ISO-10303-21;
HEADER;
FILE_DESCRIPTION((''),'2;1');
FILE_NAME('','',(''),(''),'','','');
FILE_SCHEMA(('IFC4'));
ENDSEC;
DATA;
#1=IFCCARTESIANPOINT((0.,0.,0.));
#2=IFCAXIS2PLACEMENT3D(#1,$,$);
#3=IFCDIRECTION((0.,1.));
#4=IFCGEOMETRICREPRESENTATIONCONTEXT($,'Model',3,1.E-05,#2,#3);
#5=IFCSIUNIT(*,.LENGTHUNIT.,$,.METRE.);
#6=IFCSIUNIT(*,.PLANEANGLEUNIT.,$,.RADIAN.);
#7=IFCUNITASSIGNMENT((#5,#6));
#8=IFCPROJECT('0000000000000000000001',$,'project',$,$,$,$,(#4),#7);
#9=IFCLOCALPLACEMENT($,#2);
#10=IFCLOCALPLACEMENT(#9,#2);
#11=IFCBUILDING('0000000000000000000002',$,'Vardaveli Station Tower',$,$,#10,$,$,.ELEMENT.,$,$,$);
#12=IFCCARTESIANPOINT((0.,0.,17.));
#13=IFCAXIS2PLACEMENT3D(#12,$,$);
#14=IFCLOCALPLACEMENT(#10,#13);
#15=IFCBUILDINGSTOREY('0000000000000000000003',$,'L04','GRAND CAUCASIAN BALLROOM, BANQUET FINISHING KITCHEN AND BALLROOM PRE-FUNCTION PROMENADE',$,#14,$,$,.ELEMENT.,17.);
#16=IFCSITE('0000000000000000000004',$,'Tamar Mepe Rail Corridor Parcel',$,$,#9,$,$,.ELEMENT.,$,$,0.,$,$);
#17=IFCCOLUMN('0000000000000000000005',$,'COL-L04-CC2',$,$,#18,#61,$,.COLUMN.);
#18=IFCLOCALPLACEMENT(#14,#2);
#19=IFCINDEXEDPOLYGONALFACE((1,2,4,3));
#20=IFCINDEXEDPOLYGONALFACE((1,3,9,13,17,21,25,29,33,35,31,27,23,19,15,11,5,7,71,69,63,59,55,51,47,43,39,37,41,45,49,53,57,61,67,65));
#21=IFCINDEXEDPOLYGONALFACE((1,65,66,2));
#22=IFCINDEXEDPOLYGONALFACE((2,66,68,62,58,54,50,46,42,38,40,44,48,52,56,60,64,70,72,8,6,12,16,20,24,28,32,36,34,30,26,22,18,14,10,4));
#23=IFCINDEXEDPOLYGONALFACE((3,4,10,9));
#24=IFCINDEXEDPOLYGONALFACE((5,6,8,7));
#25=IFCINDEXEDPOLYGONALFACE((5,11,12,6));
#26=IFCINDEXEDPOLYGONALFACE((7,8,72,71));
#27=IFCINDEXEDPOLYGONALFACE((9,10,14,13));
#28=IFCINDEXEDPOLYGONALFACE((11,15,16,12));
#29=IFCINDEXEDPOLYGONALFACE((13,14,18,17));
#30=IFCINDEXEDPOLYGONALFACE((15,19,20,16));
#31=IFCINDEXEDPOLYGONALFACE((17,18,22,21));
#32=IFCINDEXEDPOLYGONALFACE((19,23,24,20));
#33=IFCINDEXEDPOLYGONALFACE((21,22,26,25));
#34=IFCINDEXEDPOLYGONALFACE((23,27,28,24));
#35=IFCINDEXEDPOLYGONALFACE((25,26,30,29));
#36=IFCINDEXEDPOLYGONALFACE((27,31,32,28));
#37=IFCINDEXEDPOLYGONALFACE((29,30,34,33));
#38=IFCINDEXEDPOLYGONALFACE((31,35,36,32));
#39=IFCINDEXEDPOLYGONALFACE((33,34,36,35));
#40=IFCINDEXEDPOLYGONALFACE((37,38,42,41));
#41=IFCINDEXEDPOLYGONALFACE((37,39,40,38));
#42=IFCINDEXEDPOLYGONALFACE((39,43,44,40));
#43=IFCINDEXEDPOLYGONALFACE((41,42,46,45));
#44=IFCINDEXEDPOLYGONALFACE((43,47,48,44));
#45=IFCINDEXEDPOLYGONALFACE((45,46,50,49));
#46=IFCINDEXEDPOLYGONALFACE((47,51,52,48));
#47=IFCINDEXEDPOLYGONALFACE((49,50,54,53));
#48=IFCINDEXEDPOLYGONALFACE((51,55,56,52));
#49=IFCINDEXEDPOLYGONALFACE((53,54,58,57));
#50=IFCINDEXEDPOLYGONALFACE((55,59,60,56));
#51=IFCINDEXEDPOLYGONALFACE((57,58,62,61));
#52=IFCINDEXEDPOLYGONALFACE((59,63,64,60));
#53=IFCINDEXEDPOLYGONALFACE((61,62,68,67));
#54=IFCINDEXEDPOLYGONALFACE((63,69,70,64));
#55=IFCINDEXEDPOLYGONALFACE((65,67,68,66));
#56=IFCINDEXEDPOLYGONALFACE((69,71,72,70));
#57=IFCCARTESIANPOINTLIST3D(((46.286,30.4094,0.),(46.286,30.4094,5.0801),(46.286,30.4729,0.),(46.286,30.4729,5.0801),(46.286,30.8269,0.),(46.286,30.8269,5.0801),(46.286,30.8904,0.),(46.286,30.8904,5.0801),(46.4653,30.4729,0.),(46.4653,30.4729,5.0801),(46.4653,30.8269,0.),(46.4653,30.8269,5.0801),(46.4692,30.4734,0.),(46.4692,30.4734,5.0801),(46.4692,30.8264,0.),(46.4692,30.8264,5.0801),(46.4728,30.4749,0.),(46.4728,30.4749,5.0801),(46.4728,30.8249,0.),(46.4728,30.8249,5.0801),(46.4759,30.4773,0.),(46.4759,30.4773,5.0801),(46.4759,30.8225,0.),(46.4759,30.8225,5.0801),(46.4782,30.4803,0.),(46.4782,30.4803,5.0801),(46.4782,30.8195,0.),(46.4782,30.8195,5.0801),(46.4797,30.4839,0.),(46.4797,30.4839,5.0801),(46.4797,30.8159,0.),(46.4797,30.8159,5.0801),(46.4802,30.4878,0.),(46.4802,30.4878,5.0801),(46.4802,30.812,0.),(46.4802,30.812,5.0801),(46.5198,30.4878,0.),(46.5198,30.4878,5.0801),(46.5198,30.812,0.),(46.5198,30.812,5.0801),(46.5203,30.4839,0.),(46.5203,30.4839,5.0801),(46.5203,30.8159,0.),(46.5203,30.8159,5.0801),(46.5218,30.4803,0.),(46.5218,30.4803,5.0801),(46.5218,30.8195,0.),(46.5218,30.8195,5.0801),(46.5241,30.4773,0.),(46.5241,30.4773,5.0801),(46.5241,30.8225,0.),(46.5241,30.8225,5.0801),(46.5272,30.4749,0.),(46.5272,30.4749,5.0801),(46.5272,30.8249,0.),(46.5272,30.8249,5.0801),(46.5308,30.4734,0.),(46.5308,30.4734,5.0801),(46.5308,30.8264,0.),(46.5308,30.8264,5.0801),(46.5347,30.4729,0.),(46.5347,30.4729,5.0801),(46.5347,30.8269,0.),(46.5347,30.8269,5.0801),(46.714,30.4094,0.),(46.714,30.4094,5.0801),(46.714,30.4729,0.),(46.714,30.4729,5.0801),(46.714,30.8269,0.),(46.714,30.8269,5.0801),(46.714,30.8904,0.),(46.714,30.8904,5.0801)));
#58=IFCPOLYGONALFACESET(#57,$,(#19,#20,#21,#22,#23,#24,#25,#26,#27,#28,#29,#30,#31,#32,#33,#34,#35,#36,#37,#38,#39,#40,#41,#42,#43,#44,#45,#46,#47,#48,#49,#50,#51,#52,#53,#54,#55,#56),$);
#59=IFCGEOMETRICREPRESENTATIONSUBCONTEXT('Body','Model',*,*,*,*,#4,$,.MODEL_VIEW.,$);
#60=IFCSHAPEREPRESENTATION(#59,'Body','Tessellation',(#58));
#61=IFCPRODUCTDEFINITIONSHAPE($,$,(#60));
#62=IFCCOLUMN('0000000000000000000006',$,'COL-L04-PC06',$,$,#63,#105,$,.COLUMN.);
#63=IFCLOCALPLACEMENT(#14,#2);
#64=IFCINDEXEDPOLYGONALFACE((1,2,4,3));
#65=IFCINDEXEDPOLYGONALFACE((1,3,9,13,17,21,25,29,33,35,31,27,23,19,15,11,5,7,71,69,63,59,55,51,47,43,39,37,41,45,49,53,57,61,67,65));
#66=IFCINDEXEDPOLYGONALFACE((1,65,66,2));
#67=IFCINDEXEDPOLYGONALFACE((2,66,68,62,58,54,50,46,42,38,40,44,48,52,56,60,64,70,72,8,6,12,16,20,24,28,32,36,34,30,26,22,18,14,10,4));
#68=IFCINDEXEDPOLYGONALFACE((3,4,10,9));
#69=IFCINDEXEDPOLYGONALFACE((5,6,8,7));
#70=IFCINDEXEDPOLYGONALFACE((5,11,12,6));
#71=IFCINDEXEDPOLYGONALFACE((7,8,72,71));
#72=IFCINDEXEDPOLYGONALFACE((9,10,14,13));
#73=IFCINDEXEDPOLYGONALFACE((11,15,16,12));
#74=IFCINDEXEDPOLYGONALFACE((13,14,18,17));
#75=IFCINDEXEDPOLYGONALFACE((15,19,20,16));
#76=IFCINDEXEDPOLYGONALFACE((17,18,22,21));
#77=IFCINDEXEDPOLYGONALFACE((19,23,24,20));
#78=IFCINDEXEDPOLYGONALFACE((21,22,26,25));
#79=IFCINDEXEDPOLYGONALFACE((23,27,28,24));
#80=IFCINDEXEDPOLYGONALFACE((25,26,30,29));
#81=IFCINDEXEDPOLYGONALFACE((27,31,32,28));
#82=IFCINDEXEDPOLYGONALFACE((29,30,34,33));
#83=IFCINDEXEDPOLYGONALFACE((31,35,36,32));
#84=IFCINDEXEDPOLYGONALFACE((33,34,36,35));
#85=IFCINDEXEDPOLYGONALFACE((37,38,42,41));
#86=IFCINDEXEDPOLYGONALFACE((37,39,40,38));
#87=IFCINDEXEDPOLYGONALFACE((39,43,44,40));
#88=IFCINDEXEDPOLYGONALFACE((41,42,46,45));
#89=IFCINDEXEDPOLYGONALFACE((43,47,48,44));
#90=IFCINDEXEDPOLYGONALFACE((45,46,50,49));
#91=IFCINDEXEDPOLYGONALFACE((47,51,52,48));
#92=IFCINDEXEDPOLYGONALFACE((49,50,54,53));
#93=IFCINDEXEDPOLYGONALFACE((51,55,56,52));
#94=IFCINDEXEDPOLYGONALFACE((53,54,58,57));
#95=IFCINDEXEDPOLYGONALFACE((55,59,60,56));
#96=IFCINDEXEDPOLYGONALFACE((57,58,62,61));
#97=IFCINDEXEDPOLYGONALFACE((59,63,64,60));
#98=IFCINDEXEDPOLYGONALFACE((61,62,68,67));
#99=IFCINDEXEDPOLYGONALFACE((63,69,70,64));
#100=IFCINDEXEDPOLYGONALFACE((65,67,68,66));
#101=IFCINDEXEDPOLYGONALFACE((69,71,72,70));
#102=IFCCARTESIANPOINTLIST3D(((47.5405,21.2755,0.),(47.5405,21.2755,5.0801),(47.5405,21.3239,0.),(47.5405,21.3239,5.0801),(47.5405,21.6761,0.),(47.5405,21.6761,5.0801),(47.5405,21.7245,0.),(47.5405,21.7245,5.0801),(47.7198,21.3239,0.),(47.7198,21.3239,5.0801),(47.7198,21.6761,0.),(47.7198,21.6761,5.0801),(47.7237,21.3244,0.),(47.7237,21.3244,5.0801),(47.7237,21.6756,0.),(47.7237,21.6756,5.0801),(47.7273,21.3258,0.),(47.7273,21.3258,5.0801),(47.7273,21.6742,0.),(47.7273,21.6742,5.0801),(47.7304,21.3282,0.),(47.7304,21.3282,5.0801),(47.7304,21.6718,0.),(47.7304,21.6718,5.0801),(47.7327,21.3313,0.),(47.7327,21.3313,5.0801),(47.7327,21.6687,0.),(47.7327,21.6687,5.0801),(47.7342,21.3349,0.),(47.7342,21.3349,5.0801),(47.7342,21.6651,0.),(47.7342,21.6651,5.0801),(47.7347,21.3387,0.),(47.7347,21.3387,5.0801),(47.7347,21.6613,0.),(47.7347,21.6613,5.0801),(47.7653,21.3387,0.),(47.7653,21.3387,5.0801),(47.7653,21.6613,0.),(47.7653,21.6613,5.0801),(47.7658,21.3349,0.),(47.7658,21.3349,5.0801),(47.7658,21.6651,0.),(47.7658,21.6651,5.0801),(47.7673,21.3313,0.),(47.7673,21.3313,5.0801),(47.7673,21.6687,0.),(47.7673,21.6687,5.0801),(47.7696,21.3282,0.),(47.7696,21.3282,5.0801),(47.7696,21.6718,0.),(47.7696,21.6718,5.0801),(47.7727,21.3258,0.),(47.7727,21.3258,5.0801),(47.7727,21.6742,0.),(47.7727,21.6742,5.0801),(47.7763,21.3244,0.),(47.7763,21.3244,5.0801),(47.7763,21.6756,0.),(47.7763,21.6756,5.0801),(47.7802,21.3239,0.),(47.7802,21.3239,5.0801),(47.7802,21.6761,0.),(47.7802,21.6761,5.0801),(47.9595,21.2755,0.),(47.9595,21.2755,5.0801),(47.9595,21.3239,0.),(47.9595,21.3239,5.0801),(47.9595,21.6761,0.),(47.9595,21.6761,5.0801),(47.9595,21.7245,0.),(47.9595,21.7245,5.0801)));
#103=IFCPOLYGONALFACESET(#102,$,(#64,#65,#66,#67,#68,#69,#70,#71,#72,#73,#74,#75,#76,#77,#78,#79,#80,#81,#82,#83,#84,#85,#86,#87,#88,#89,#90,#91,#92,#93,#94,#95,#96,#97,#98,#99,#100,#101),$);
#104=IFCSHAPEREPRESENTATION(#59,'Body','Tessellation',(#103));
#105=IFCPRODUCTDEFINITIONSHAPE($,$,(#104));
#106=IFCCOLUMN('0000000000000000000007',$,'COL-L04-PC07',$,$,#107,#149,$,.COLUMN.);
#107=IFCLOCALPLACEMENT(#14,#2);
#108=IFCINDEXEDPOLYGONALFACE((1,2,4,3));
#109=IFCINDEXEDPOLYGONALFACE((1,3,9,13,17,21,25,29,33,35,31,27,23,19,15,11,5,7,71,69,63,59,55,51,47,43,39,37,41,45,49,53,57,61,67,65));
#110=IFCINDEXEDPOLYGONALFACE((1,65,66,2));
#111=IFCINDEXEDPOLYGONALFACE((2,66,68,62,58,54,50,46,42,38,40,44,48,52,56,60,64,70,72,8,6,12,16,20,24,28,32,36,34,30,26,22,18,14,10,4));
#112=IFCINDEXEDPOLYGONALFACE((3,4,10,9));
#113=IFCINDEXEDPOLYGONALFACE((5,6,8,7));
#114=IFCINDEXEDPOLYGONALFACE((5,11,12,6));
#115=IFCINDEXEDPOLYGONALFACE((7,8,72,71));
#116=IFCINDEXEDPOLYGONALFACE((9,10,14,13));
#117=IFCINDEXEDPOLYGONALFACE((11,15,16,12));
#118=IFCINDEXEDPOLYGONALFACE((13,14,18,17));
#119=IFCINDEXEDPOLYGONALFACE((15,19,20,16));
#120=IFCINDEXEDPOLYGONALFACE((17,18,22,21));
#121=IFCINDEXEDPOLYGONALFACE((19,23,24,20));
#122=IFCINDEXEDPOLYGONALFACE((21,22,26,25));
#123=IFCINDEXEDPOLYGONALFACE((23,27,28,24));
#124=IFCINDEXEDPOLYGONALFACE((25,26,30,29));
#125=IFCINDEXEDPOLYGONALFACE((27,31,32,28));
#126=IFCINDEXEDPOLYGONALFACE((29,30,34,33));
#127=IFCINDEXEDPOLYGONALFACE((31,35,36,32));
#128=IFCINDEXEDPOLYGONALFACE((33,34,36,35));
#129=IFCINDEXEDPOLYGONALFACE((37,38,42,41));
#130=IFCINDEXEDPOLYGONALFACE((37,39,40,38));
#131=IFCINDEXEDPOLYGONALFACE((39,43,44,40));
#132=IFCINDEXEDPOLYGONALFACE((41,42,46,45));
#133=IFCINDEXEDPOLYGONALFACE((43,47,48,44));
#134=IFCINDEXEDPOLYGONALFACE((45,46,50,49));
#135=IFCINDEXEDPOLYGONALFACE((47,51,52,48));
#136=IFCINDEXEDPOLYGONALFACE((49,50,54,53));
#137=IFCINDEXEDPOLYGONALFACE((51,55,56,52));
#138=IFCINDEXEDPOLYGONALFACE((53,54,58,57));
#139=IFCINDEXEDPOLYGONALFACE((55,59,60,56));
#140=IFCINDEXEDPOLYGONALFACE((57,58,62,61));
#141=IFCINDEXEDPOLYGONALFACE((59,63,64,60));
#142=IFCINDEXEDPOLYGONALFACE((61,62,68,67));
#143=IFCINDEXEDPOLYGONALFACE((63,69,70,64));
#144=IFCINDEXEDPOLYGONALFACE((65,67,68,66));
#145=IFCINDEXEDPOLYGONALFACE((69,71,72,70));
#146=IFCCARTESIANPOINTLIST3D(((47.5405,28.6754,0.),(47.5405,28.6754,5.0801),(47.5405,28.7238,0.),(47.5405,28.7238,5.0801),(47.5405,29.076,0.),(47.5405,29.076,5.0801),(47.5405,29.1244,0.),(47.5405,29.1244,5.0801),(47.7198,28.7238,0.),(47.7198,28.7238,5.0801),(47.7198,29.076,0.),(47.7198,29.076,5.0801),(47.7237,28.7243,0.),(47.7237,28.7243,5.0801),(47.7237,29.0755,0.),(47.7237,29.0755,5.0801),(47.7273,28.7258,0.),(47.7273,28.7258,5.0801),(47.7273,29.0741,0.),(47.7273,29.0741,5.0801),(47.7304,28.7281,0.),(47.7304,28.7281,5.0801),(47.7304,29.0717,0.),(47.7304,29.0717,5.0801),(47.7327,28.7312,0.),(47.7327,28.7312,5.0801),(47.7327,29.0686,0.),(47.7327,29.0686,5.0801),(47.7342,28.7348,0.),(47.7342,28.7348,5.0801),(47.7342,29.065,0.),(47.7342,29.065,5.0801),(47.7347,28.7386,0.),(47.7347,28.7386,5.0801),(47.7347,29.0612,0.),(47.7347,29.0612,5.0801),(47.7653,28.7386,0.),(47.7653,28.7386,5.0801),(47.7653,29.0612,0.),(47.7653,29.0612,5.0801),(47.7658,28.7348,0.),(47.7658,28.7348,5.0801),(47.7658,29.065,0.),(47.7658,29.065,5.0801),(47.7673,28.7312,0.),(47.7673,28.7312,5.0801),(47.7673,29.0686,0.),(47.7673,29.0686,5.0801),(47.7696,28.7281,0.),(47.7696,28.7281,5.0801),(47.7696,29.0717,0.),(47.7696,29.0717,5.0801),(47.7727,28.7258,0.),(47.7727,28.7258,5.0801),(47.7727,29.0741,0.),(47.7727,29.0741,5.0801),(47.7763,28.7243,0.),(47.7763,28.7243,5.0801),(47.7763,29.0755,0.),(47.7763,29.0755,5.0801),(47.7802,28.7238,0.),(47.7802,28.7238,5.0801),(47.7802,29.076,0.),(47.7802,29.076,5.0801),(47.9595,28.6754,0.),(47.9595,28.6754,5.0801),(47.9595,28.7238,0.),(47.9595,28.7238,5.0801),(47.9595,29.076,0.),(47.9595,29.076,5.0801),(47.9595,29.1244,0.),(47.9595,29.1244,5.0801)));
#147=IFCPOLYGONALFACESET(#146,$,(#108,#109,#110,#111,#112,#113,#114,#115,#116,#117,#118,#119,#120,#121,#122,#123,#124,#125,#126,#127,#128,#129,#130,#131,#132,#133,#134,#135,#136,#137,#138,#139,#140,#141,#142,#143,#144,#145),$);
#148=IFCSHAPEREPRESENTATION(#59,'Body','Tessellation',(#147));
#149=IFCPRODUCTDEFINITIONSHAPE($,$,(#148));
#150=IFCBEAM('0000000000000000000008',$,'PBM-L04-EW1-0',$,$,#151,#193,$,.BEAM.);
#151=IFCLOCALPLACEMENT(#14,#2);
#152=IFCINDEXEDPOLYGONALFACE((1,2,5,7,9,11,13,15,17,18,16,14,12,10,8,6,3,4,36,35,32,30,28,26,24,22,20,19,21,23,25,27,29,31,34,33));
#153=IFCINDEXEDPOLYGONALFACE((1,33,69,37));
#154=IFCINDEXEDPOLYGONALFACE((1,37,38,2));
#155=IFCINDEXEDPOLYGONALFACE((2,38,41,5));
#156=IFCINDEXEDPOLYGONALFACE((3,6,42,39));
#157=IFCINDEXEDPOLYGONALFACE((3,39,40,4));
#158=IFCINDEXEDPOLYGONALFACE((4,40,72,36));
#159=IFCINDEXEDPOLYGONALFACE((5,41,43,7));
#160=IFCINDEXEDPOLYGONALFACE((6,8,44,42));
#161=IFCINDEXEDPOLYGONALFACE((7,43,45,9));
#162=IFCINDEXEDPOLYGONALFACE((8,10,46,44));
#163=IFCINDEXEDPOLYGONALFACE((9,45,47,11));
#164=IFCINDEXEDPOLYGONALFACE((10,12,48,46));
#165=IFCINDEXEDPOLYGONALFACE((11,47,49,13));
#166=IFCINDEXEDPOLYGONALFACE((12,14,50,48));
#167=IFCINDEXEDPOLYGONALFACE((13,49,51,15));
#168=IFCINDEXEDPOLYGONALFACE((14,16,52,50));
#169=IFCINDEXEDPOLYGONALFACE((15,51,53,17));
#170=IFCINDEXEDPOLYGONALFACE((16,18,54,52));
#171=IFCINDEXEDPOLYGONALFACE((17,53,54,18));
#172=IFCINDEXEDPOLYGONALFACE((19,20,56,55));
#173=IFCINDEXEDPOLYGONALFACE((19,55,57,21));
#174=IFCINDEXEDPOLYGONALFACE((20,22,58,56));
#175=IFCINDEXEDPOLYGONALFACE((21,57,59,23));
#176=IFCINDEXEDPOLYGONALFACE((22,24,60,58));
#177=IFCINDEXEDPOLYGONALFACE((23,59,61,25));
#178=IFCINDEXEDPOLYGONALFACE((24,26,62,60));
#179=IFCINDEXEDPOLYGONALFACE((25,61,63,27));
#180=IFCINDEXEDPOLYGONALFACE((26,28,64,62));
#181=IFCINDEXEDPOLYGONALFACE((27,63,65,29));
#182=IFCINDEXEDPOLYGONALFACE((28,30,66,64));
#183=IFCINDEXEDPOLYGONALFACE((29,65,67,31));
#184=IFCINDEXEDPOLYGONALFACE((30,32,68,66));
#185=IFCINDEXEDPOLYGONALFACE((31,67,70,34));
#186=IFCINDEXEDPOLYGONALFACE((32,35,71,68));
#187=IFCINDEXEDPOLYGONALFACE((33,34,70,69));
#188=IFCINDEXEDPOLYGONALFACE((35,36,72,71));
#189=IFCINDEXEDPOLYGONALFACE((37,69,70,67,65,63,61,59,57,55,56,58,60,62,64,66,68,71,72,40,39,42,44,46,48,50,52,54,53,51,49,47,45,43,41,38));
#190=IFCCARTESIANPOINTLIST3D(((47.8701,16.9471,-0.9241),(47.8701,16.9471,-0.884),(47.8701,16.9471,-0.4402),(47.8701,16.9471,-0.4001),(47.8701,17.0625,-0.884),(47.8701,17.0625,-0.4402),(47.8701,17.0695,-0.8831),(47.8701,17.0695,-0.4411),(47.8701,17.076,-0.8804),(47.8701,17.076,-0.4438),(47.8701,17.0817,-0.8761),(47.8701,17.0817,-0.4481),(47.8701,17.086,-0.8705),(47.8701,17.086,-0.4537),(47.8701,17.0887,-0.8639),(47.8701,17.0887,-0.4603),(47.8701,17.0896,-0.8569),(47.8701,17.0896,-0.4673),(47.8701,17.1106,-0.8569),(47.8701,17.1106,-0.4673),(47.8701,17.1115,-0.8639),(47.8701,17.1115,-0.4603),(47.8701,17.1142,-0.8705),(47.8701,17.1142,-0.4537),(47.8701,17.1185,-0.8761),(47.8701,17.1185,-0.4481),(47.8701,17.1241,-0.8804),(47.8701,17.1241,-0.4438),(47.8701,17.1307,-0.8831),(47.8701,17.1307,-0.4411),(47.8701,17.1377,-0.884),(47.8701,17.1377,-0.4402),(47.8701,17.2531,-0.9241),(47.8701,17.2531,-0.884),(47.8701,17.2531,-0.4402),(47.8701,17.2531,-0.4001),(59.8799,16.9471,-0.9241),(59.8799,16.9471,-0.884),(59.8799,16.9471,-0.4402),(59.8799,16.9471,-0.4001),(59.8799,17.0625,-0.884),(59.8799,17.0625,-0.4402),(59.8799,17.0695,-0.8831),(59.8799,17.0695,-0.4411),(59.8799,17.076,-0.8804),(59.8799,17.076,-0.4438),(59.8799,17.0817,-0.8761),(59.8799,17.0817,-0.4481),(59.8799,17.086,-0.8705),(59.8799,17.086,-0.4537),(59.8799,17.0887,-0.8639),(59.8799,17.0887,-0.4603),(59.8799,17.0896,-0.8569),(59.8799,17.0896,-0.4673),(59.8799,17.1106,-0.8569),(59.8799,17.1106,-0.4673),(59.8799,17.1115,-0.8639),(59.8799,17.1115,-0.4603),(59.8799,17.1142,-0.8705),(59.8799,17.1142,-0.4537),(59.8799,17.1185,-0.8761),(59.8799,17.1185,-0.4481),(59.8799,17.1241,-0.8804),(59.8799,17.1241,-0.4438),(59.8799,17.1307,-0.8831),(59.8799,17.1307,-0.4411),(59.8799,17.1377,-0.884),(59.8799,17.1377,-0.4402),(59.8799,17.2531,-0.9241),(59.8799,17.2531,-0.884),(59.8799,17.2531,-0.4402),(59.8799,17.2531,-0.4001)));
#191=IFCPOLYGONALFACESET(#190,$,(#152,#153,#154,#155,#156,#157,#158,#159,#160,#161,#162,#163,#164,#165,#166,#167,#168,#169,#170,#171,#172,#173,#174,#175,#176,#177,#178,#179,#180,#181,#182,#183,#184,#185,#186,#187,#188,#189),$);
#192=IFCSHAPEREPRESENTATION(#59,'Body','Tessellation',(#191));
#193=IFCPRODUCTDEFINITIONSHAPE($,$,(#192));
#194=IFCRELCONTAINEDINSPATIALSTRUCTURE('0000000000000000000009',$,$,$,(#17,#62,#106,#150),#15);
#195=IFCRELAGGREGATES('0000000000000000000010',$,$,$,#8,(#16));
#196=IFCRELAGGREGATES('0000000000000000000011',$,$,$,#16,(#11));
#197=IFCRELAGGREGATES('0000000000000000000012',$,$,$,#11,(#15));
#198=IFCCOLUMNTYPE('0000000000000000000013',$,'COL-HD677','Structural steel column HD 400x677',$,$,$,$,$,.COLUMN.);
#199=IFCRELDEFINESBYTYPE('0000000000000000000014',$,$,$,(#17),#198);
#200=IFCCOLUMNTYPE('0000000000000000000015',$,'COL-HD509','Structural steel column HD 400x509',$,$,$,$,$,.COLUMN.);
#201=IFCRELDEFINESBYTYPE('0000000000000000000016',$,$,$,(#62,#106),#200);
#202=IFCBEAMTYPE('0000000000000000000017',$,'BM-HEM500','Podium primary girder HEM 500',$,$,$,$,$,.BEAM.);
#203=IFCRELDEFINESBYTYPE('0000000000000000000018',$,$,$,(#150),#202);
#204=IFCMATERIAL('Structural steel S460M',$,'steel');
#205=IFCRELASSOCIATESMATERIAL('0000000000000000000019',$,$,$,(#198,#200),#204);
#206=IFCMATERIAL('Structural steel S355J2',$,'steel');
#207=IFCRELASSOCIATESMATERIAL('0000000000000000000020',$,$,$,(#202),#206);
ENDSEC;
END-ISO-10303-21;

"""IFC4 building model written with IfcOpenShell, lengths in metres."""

from ifc_helpers import new_model, si_unit, direction, frame, origin, origin_2d, place, context, subcontext, project, spatial, i_section, extrude, source, transform, mapped, material, material_profile, profile_set, type_object, element, save


model = new_model("IFC4")

# Units and contexts
model_context = context("Model", 3, precision=1e-05, world=origin(), true_north=direction((0.0, 1.0)))
body_context = subcontext(model_context, "Body", "Model", "MODEL_VIEW")
ifc_project = project(units=[si_unit("LENGTHUNIT", "METRE"), si_unit("PLANEANGLEUNIT", "RADIAN")], contexts=[model_context])

# Site, building, storey
site_placement = place(None, origin())
site = spatial("IfcSite", under=ifc_project, at=site_placement, Name="Tamar Mepe Rail Corridor Parcel", CompositionType="ELEMENT", RefElevation=0.0)
building_placement = place(site_placement, origin())
building = spatial("IfcBuilding", under=site, at=building_placement, Name="Vardaveli Station Tower", CompositionType="ELEMENT")
storey_placement = place(building_placement, frame((0.0, 0.0, 17.0)))
storey = spatial("IfcBuildingStorey", under=building, at=storey_placement, Name="L04", Description="GRAND CAUCASIAN BALLROOM, BANQUET FINISHING KITCHEN AND BALLROOM PRE-FUNCTION PROMENADE", CompositionType="ELEMENT", Elevation=17.0)

# Columns
ifc_material_1 = material(Name="Structural steel S460M", Category="steel")
ifc_material_profile_1 = material_profile(ifc_material_1, i_section(OverallWidth=0.428, OverallDepth=0.481, WebThickness=0.0396, FlangeThickness=0.0635, FilletRadius=0.0149, at=origin_2d()), Name="HD 400x677")
ifc_profile_set_1 = profile_set([ifc_material_profile_1], Name="Structural steel S460M")
column_type_1 = type_object("IfcColumnType", Name="COL-HD677", Description="Structural steel column HD 400x677", PredefinedType="COLUMN", material=ifc_profile_set_1)
shared_shape_1 = source(origin(), body_context, "Body", "SweptSolid", [
    extrude(i_section(OverallWidth=0.428, OverallDepth=0.481, WebThickness=0.0396, FlangeThickness=0.0635, FilletRadius=0.0149, at=origin_2d()), origin(), (0.0, 0.0, 1.0), 5.0801),
])
column_placement = place(storey_placement, frame((46.5, 30.6499, 0.0), z_axis=(0.0, 0.0, 1.0), x_axis=(1.0, 0.0, 0.0)))
element("IfcColumn", 1, at=column_placement, inside=storey, type_object=column_type_1, Name="COL-L04-CC2", PredefinedType="COLUMN", context=body_context, shape_type="MappedRepresentation", body=[
    mapped(shared_shape_1, transform((0.0, 0.0, 0.0), scale=1.0)),
])
ifc_material_profile_2 = material_profile(ifc_material_1, i_section(OverallWidth=0.4189, OverallDepth=0.449, WebThickness=0.0305, FlangeThickness=0.0483, FilletRadius=0.0149, at=origin_2d()), Name="HD 400x509")
ifc_profile_set_2 = profile_set([ifc_material_profile_2], Name="Structural steel S460M")
column_type_2 = type_object("IfcColumnType", Name="COL-HD509", Description="Structural steel column HD 400x509", PredefinedType="COLUMN", material=ifc_profile_set_2)
shared_shape_2 = source(origin(), body_context, "Body", "SweptSolid", [
    extrude(i_section(OverallWidth=0.4189, OverallDepth=0.449, WebThickness=0.0305, FlangeThickness=0.0483, FilletRadius=0.0149, at=origin_2d()), origin(), (0.0, 0.0, 1.0), 5.0801),
])
for number, where, z_axis, x_axis, name in (
    (2, (47.75, 21.5, 0.0), (0.0, 0.0, 1.0), (1.0, 0.0, 0.0), "COL-L04-PC06"),
    (3, (47.75, 28.8999, 0.0), (0.0, 0.0, 1.0), (1.0, 0.0, 0.0), "COL-L04-PC07"),
):
    element("IfcColumn", number, at=place(storey_placement, frame(where, z_axis=z_axis, x_axis=x_axis)), inside=storey, type_object=column_type_2, Name=name, PredefinedType="COLUMN", context=body_context, shape_type="MappedRepresentation", body=[
        mapped(shared_shape_2, transform((0.0, 0.0, 0.0), scale=1.0)),
    ])

# Beam
ifc_material_2 = material(Name="Structural steel S355J2", Category="steel")
ifc_material_profile_3 = material_profile(ifc_material_2, i_section(OverallWidth=0.3059, OverallDepth=0.5239, WebThickness=0.021, FlangeThickness=0.04, FilletRadius=0.0271, at=origin_2d()), Name="HEM 500")
ifc_profile_set_3 = profile_set([ifc_material_profile_3], Name="Structural steel S355J2")
beam_type = type_object("IfcBeamType", Name="BM-HEM500", Description="Podium primary girder HEM 500", PredefinedType="BEAM", material=ifc_profile_set_3)
shared_shape_3 = source(origin(), body_context, "Body", "SweptSolid", [
    extrude(i_section(OverallWidth=0.3059, OverallDepth=0.5239, WebThickness=0.021, FlangeThickness=0.04, FilletRadius=0.0271, at=origin_2d()), origin(), (0.0, 0.0, 1.0), 12.0098),
])
for number, where, z_axis, x_axis, name in (
    (4, (47.8701, 17.1001, -0.6621), (1.0, 0.0, 0.0), (0.0, 1.0, 0.0), "PBM-L04-EW1-0"),
):
    element("IfcBeam", number, at=place(storey_placement, frame(where, z_axis=z_axis, x_axis=x_axis)), inside=storey, type_object=beam_type, Name=name, PredefinedType="BEAM", context=body_context, shape_type="MappedRepresentation", body=[
        mapped(shared_shape_3, transform((0.0, 0.0, 0.0), scale=1.0)),
    ])

save(model, "model.ifc")
